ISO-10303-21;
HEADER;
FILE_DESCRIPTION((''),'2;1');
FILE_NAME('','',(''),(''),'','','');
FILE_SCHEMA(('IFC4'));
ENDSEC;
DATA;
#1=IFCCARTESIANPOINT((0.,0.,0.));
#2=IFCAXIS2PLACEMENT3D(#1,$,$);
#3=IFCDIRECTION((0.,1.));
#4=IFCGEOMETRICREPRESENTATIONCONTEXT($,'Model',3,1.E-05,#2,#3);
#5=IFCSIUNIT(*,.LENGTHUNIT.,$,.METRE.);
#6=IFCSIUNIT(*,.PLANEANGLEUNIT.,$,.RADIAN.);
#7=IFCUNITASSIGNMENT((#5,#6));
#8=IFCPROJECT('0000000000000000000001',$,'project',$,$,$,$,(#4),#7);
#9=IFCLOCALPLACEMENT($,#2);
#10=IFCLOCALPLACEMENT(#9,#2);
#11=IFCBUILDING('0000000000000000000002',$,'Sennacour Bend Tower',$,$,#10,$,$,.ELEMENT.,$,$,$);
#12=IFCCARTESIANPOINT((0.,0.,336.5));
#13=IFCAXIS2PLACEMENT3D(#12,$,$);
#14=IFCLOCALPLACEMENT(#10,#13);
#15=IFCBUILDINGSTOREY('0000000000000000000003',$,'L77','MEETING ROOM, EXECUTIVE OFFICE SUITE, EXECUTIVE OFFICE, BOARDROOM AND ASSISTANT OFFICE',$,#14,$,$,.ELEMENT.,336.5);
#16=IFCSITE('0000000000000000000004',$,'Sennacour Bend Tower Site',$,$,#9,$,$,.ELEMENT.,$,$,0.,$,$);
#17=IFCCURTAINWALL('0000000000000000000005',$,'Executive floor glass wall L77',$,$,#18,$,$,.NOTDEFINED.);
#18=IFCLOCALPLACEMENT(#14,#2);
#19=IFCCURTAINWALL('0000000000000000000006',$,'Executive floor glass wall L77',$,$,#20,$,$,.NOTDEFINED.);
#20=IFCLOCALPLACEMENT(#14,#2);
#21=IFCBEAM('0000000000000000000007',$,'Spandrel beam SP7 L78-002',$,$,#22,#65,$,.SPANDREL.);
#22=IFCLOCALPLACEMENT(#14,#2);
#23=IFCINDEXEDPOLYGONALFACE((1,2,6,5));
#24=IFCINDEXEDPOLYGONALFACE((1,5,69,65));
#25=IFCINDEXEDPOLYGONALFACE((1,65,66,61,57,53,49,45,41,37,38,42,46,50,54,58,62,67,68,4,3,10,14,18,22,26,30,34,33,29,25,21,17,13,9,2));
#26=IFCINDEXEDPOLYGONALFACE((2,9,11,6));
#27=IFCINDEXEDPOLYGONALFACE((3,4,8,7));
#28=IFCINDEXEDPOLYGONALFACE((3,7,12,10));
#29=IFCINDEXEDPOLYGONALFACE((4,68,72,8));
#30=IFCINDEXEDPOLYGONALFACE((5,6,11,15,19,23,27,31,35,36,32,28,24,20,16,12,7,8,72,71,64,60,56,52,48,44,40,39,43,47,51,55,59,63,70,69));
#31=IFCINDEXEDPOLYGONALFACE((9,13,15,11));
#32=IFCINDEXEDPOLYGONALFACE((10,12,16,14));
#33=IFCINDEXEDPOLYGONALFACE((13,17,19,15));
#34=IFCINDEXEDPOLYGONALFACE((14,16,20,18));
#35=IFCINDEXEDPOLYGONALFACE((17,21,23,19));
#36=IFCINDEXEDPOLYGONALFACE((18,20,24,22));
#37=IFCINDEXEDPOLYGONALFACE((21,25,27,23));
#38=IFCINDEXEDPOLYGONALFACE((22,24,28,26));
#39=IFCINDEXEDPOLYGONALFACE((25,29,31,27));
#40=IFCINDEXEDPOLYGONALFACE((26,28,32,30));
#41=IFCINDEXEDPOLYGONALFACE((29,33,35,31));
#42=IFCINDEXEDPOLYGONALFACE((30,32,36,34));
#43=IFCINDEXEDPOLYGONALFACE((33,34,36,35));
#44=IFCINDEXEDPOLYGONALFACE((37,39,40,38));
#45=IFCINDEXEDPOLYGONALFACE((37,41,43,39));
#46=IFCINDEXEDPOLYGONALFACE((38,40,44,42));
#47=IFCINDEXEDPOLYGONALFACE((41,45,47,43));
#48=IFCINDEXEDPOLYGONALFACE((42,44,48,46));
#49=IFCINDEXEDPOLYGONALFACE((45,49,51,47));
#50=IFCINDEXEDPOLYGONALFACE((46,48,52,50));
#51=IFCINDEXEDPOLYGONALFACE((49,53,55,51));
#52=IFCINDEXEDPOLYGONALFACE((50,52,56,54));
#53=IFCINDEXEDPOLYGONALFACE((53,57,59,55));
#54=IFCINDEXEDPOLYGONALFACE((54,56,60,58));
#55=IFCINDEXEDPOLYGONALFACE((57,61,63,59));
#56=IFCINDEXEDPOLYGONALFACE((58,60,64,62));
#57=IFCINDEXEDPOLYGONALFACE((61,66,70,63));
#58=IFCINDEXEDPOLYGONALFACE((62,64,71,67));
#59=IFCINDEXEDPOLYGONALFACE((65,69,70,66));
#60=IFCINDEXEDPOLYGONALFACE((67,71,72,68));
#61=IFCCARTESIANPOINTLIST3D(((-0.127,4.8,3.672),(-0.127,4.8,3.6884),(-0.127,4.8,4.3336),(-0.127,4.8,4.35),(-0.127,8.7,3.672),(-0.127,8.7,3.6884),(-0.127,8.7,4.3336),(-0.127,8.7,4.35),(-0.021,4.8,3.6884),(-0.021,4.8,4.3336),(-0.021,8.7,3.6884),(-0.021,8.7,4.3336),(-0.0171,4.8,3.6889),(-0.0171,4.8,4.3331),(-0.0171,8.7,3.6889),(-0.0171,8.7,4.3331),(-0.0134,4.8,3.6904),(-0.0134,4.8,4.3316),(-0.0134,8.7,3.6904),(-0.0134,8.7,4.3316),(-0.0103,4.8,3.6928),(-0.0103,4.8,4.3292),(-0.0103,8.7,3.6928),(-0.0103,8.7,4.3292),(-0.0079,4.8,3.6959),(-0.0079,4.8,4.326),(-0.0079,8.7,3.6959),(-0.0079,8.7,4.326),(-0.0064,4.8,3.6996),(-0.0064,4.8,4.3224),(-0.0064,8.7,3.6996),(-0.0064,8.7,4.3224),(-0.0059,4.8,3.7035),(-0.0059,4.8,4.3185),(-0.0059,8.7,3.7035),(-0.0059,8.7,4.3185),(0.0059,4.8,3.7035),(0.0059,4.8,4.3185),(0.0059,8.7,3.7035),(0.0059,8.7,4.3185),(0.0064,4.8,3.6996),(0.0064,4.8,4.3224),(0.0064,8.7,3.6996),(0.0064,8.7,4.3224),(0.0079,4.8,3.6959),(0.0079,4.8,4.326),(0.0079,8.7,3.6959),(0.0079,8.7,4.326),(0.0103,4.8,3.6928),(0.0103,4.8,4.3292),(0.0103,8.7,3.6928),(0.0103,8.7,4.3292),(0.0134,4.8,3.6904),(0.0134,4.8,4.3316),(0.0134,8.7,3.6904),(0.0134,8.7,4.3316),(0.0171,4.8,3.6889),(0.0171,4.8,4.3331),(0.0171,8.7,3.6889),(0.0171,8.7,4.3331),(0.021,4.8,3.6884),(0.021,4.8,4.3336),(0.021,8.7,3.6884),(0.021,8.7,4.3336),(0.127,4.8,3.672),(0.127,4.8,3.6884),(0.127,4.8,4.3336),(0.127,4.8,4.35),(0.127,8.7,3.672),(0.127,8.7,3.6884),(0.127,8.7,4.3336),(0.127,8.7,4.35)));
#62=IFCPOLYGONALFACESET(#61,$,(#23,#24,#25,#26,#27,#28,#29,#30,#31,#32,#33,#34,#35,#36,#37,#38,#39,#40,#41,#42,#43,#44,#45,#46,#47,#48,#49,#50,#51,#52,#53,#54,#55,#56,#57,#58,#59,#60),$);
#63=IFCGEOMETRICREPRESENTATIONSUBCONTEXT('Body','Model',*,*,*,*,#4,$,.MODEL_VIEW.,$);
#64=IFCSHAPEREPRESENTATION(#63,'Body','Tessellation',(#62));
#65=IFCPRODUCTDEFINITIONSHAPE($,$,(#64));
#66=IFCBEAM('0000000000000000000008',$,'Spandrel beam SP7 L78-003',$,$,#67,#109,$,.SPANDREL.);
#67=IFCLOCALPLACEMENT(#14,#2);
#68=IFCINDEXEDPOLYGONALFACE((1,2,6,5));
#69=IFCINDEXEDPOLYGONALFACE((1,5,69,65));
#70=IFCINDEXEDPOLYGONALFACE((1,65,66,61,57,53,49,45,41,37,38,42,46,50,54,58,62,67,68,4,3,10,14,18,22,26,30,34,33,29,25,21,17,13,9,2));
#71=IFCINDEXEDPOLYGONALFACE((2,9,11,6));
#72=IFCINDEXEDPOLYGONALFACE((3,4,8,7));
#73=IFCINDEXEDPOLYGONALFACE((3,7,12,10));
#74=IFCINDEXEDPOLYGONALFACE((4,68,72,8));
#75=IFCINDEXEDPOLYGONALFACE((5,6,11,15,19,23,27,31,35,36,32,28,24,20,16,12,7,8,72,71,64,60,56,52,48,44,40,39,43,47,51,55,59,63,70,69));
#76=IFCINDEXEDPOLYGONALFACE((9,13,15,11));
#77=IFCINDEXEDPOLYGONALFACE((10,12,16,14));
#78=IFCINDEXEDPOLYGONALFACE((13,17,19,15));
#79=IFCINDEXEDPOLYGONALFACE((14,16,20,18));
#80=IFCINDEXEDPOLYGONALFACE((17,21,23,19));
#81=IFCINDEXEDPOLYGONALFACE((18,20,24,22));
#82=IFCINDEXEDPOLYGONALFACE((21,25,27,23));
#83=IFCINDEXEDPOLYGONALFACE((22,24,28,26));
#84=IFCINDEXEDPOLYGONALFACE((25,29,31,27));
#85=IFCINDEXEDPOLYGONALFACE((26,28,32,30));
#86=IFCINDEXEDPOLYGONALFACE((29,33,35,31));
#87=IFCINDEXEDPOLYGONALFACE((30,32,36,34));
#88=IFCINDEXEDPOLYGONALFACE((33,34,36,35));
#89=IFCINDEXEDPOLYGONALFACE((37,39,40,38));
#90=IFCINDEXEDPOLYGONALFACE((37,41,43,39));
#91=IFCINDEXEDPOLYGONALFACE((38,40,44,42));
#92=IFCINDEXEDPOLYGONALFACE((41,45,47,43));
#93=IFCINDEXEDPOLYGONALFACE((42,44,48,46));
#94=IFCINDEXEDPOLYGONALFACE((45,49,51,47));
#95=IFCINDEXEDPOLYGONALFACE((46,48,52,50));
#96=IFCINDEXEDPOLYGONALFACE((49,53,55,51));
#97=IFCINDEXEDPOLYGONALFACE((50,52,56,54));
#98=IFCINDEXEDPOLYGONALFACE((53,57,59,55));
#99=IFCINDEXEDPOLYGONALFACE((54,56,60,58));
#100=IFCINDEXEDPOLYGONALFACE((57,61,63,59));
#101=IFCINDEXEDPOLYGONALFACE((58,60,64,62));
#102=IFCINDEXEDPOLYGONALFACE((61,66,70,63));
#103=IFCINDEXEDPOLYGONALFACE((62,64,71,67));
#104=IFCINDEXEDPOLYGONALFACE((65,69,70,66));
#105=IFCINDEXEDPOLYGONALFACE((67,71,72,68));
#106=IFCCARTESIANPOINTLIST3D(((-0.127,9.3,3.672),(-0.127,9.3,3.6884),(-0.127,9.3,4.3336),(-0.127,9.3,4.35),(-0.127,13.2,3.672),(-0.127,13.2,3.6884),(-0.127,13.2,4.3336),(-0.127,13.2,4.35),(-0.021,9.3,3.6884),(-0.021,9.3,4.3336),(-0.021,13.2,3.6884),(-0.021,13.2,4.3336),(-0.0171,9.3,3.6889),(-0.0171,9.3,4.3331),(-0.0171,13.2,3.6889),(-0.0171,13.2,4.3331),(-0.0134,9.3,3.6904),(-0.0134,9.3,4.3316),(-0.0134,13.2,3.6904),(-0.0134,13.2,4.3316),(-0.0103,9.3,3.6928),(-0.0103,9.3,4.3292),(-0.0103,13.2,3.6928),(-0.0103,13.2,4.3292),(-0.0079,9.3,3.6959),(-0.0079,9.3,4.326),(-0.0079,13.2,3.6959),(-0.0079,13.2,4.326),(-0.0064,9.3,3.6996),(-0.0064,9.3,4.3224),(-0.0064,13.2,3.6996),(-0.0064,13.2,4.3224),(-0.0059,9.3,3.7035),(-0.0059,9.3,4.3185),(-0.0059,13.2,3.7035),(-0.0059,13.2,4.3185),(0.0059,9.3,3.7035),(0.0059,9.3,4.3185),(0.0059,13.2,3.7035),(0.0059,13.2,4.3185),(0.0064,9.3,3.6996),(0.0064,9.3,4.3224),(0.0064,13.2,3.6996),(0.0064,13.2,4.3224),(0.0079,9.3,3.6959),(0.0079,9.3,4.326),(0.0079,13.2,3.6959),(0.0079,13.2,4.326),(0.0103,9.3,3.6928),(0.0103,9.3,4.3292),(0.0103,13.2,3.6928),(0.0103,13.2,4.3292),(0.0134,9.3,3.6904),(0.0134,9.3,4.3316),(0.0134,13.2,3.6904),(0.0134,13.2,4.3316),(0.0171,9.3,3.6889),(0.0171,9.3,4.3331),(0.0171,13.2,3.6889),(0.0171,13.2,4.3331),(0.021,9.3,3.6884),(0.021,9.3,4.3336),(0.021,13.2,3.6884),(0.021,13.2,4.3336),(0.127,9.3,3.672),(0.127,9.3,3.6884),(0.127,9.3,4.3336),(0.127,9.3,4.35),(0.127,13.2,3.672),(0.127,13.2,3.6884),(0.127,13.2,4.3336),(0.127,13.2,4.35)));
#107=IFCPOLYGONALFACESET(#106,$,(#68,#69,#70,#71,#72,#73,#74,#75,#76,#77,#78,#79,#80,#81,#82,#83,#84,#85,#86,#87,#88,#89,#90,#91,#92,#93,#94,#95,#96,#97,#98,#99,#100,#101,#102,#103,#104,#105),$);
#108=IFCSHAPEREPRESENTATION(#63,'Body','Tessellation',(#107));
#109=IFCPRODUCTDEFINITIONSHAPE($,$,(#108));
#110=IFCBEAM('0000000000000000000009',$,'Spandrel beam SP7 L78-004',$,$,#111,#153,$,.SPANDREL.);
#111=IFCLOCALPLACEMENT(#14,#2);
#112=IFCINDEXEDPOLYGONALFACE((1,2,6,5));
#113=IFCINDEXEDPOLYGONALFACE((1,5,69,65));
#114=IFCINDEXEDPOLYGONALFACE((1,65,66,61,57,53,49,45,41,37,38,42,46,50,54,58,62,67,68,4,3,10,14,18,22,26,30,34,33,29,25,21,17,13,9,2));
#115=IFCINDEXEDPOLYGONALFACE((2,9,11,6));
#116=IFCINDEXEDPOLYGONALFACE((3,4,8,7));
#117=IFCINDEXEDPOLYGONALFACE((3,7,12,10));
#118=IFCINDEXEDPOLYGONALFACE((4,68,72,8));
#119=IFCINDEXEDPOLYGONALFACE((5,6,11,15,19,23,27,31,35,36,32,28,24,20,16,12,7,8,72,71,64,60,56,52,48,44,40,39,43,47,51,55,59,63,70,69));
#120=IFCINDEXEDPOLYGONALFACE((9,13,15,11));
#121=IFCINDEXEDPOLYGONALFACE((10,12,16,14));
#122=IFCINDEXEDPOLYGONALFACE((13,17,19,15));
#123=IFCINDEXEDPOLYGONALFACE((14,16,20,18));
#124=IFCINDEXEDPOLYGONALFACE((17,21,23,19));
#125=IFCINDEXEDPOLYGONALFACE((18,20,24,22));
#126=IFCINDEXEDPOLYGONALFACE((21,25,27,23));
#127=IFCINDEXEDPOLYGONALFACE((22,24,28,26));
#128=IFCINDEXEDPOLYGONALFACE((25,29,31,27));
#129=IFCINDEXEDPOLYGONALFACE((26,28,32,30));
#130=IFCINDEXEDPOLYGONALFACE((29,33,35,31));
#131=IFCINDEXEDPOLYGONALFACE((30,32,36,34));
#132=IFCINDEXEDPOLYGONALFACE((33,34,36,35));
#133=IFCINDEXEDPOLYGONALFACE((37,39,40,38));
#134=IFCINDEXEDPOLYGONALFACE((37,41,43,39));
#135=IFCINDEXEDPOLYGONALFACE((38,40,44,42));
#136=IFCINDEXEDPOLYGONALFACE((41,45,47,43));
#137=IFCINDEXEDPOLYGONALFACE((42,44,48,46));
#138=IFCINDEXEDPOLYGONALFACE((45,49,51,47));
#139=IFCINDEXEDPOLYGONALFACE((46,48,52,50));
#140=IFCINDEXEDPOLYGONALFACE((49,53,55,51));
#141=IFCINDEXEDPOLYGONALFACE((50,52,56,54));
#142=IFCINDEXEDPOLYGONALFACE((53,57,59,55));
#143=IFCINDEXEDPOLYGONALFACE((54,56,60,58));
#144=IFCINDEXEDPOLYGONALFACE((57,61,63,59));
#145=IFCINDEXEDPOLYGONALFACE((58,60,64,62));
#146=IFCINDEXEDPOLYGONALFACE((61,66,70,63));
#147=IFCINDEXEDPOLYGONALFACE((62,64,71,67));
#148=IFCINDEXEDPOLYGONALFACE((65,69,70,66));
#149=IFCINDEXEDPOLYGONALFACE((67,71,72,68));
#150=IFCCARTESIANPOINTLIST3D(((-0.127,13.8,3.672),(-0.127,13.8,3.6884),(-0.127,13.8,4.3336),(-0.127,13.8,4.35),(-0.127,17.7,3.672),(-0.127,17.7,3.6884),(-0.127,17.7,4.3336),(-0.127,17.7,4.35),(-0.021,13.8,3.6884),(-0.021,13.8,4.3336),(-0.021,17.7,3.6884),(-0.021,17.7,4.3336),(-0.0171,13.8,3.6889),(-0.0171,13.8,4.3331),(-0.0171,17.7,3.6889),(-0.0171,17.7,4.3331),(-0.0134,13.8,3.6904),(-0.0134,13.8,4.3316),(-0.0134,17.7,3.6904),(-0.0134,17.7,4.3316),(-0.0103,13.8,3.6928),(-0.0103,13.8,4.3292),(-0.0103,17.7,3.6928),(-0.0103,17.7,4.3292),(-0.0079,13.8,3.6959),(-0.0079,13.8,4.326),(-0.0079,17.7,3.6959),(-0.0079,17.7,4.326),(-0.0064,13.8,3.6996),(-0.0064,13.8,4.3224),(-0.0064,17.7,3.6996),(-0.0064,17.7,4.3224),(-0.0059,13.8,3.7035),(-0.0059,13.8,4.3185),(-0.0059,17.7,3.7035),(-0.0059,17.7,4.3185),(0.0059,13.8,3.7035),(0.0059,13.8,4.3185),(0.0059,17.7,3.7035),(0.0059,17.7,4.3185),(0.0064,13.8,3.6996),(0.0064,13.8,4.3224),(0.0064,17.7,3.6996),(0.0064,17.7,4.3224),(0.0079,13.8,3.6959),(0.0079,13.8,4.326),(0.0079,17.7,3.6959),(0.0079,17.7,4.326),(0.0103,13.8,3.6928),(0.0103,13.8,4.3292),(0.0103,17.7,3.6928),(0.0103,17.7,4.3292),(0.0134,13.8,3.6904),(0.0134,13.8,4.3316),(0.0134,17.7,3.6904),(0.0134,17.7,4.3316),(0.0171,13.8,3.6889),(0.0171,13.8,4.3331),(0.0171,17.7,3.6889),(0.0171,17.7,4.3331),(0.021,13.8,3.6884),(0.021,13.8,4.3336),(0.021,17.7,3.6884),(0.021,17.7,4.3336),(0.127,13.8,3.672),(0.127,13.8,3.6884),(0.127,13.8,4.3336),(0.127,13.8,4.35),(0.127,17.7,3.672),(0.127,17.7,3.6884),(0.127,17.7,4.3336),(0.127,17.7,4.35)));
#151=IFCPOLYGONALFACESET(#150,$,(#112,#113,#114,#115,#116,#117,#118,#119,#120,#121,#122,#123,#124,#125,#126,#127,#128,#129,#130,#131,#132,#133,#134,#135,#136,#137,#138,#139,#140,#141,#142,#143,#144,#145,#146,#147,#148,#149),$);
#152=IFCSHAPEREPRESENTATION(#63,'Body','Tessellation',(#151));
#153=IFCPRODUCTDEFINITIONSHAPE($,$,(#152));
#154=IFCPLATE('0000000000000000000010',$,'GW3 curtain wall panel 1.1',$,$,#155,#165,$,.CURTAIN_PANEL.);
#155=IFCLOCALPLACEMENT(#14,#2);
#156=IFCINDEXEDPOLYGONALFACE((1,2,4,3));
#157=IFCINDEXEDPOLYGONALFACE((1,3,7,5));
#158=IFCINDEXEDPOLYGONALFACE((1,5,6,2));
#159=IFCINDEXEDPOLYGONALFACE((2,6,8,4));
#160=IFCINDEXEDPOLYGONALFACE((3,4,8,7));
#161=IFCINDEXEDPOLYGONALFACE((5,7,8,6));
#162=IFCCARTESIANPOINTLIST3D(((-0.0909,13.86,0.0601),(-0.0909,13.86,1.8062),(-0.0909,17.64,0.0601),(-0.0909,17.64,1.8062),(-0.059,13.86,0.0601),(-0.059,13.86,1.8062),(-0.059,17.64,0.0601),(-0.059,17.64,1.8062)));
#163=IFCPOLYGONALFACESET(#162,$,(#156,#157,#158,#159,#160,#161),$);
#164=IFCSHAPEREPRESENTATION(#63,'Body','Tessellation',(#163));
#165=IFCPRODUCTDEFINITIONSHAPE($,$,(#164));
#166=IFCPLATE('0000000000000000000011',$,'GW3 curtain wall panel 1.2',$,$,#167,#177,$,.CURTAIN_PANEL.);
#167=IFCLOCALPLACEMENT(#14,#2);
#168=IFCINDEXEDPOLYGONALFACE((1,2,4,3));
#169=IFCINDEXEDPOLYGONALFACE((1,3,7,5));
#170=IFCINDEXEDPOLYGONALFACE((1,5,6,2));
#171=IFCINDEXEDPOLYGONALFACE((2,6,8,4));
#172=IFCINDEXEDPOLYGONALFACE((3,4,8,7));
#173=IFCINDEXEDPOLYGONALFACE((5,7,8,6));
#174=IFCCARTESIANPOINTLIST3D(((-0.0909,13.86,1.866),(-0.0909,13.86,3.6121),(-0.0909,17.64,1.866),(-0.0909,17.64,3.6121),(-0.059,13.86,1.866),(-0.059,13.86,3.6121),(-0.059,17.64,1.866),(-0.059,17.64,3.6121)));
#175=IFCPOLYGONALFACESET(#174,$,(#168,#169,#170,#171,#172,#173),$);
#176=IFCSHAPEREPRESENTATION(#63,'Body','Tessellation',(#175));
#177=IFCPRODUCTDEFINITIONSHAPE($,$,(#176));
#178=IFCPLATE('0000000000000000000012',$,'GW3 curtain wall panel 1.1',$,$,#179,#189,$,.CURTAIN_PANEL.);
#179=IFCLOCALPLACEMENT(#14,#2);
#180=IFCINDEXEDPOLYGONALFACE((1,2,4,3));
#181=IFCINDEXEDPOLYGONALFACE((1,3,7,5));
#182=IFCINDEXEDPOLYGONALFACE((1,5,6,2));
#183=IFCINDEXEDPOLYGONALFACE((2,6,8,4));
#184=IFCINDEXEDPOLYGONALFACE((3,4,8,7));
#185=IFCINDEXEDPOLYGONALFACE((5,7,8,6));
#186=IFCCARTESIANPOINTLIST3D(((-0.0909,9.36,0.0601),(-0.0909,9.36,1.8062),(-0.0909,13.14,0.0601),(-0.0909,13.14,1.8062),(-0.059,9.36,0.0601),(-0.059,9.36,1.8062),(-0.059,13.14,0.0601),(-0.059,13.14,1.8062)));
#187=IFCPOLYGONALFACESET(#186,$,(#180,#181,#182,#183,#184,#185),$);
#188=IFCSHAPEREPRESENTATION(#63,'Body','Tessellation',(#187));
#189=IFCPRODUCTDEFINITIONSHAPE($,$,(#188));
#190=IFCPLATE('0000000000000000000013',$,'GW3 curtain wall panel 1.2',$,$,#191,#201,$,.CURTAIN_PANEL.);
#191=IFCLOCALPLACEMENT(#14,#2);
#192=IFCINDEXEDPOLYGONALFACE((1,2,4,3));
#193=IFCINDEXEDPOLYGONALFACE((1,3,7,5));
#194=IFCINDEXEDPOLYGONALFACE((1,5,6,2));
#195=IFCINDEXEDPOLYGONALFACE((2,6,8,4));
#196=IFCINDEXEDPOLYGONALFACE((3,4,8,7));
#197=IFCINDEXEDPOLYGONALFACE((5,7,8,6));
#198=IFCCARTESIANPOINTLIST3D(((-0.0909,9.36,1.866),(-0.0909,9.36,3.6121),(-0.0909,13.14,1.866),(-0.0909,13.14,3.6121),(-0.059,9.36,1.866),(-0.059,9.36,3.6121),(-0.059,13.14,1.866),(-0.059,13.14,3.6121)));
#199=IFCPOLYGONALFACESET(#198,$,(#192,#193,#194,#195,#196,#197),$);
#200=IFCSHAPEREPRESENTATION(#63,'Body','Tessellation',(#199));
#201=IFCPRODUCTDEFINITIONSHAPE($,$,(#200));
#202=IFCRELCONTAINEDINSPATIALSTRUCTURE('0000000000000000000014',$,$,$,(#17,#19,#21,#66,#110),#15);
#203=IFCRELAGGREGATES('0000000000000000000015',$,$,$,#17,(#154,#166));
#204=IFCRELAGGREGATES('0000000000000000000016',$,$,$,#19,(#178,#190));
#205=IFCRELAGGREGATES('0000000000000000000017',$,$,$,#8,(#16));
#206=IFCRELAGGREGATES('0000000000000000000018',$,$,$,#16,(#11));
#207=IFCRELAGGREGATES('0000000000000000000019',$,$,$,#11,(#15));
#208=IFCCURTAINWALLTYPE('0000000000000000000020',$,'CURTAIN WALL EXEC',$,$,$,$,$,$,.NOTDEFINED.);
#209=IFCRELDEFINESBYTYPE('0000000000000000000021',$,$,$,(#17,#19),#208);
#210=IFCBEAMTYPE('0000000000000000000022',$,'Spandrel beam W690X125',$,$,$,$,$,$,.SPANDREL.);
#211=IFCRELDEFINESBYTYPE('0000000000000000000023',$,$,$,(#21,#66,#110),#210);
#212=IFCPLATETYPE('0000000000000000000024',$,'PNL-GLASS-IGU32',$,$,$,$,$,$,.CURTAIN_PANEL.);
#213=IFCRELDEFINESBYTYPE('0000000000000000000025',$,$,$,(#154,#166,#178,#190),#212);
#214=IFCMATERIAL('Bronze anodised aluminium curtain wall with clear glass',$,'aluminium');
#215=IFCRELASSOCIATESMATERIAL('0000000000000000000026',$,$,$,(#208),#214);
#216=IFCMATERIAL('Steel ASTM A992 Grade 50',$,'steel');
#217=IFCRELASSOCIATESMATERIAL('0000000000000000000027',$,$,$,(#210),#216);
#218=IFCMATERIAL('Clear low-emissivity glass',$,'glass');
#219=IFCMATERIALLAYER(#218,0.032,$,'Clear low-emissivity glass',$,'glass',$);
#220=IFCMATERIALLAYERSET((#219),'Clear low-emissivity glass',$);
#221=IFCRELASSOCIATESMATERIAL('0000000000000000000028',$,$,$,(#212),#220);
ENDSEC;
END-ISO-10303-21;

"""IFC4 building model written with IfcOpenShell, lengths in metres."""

from ifc_helpers import new_model, si_unit, direction, frame, origin, origin_2d, place, context, subcontext, project, spatial, rectangle, i_section, extrude, material, layer, layer_set, material_profile, profile_set, type_object, element, aggregate, save


model = new_model("IFC4")

# Units and contexts
model_context = context("Model", 3, precision=1e-05, world=origin(), true_north=direction((0.0, 1.0)))
body_context = subcontext(model_context, "Body", "Model", "MODEL_VIEW")
ifc_project = project(units=[si_unit("LENGTHUNIT", "METRE"), si_unit("PLANEANGLEUNIT", "RADIAN")], contexts=[model_context])

# Site, building, storey
site_placement = place(None, origin())
site = spatial("IfcSite", under=ifc_project, at=site_placement, Name="Sennacour Bend Tower Site", CompositionType="ELEMENT", RefElevation=0.0)
building_placement = place(site_placement, origin())
building = spatial("IfcBuilding", under=site, at=building_placement, Name="Sennacour Bend Tower", CompositionType="ELEMENT")
storey_placement = place(building_placement, frame((0.0, 0.0, 336.5)))
storey = spatial("IfcBuildingStorey", under=building, at=storey_placement, Name="L77", Description="MEETING ROOM, EXECUTIVE OFFICE SUITE, EXECUTIVE OFFICE, BOARDROOM AND ASSISTANT OFFICE", CompositionType="ELEMENT", Elevation=336.5)

# Curtain wall
ifc_material_1 = material(Name="Bronze anodised aluminium curtain wall with clear glass", Category="aluminium")
curtain_wall_type = type_object("IfcCurtainWallType", Name="CURTAIN WALL EXEC", PredefinedType="NOTDEFINED", material=ifc_material_1)
curtain_wall_1_placement = place(storey_placement, origin())
curtain_wall_1 = element("IfcCurtainWall", 1, at=curtain_wall_1_placement, inside=storey, type_object=curtain_wall_type, Name="Executive floor glass wall L77", PredefinedType="NOTDEFINED")

# Curtain wall
curtain_wall_2_placement = place(storey_placement, origin())
curtain_wall_2 = element("IfcCurtainWall", 2, at=curtain_wall_2_placement, inside=storey, type_object=curtain_wall_type, Name="Executive floor glass wall L77", PredefinedType="NOTDEFINED")

# Beams
ifc_material_2 = material(Name="Steel ASTM A992 Grade 50", Category="steel")
ifc_material_profile_1 = material_profile(ifc_material_2, i_section(OverallWidth=0.2539, OverallDepth=0.678, WebThickness=0.0117, FlangeThickness=0.0164, FilletRadius=0.0151, at=origin_2d()), Name="Steel ASTM A992 Grade 50", Category="steel")
ifc_profile_set_1 = profile_set([ifc_material_profile_1], Name="Steel ASTM A992 Grade 50")
beam_type = type_object("IfcBeamType", Name="Spandrel beam W690X125", PredefinedType="SPANDREL", material=ifc_profile_set_1)
for number, where, z_axis, x_axis, name in (
    (3, (0.0, 4.8, 4.011), (0.0, 1.0, 0.0), (-1.0, 0.0, 0.0), "Spandrel beam SP7 L78-002"),
    (4, (0.0, 9.3, 4.011), (0.0, 1.0, 0.0), (-1.0, 0.0, 0.0), "Spandrel beam SP7 L78-003"),
    (5, (0.0, 13.8, 4.011), (0.0, 1.0, 0.0), (-1.0, 0.0, 0.0), "Spandrel beam SP7 L78-004"),
):
    element("IfcBeam", number, at=place(storey_placement, frame(where, z_axis=z_axis, x_axis=x_axis)), inside=storey, type_object=beam_type, Name=name, PredefinedType="SPANDREL", context=body_context, shape_type="SweptSolid", body=[
        extrude(i_section(OverallWidth=0.2539, OverallDepth=0.678, WebThickness=0.0117, FlangeThickness=0.0164, FilletRadius=0.0151, at=origin_2d()), origin(), (0.0, 0.0, 1.0), 3.8999),
    ])

# Plates
ifc_material_3 = material(Name="Clear low-emissivity glass", Category="glass")
ifc_layer_1 = layer(ifc_material_3, 0.032, Name="Clear low-emissivity glass", Category="glass")
ifc_layer_set_1 = layer_set([ifc_layer_1], Name="Clear low-emissivity glass")
plate_type = type_object("IfcPlateType", Name="PNL-GLASS-IGU32", PredefinedType="CURTAIN_PANEL", material=ifc_layer_set_1)
plate_1_placement = place(storey_placement, frame((-0.075, 15.75, 0.0601), z_axis=(0.0, 0.0, 1.0), x_axis=(0.0, -1.0, 0.0)))
plate_1 = element("IfcPlate", 6, at=plate_1_placement, type_object=plate_type, Name="GW3 curtain wall panel 1.1", PredefinedType="CURTAIN_PANEL", context=body_context, shape_type="SweptSolid", body=[
    extrude(rectangle(XDim=3.78, YDim=0.032, at=origin_2d()), origin(), (0.0, 0.0, 1.0), 1.7461),
])
plate_2_placement = place(storey_placement, frame((-0.075, 15.75, 1.866), z_axis=(0.0, 0.0, 1.0), x_axis=(0.0, -1.0, 0.0)))
plate_2 = element("IfcPlate", 7, at=plate_2_placement, type_object=plate_type, Name="GW3 curtain wall panel 1.2", PredefinedType="CURTAIN_PANEL", context=body_context, shape_type="SweptSolid", body=[
    extrude(rectangle(XDim=3.78, YDim=0.032, at=origin_2d()), origin(), (0.0, 0.0, 1.0), 1.7461),
])
aggregate(curtain_wall_1, [plate_1, plate_2])
plate_3_placement = place(storey_placement, frame((-0.075, 11.25, 0.0601), z_axis=(0.0, 0.0, 1.0), x_axis=(0.0, -1.0, 0.0)))
plate_3 = element("IfcPlate", 8, at=plate_3_placement, type_object=plate_type, Name="GW3 curtain wall panel 1.1", PredefinedType="CURTAIN_PANEL", context=body_context, shape_type="SweptSolid", body=[
    extrude(rectangle(XDim=3.78, YDim=0.032, at=origin_2d()), origin(), (0.0, 0.0, 1.0), 1.7461),
])
plate_4_placement = place(storey_placement, frame((-0.075, 11.25, 1.866), z_axis=(0.0, 0.0, 1.0), x_axis=(0.0, -1.0, 0.0)))
plate_4 = element("IfcPlate", 9, at=plate_4_placement, type_object=plate_type, Name="GW3 curtain wall panel 1.2", PredefinedType="CURTAIN_PANEL", context=body_context, shape_type="SweptSolid", body=[
    extrude(rectangle(XDim=3.78, YDim=0.032, at=origin_2d()), origin(), (0.0, 0.0, 1.0), 1.7461),
])
aggregate(curtain_wall_2, [plate_3, plate_4])

save(model, "model.ifc")
